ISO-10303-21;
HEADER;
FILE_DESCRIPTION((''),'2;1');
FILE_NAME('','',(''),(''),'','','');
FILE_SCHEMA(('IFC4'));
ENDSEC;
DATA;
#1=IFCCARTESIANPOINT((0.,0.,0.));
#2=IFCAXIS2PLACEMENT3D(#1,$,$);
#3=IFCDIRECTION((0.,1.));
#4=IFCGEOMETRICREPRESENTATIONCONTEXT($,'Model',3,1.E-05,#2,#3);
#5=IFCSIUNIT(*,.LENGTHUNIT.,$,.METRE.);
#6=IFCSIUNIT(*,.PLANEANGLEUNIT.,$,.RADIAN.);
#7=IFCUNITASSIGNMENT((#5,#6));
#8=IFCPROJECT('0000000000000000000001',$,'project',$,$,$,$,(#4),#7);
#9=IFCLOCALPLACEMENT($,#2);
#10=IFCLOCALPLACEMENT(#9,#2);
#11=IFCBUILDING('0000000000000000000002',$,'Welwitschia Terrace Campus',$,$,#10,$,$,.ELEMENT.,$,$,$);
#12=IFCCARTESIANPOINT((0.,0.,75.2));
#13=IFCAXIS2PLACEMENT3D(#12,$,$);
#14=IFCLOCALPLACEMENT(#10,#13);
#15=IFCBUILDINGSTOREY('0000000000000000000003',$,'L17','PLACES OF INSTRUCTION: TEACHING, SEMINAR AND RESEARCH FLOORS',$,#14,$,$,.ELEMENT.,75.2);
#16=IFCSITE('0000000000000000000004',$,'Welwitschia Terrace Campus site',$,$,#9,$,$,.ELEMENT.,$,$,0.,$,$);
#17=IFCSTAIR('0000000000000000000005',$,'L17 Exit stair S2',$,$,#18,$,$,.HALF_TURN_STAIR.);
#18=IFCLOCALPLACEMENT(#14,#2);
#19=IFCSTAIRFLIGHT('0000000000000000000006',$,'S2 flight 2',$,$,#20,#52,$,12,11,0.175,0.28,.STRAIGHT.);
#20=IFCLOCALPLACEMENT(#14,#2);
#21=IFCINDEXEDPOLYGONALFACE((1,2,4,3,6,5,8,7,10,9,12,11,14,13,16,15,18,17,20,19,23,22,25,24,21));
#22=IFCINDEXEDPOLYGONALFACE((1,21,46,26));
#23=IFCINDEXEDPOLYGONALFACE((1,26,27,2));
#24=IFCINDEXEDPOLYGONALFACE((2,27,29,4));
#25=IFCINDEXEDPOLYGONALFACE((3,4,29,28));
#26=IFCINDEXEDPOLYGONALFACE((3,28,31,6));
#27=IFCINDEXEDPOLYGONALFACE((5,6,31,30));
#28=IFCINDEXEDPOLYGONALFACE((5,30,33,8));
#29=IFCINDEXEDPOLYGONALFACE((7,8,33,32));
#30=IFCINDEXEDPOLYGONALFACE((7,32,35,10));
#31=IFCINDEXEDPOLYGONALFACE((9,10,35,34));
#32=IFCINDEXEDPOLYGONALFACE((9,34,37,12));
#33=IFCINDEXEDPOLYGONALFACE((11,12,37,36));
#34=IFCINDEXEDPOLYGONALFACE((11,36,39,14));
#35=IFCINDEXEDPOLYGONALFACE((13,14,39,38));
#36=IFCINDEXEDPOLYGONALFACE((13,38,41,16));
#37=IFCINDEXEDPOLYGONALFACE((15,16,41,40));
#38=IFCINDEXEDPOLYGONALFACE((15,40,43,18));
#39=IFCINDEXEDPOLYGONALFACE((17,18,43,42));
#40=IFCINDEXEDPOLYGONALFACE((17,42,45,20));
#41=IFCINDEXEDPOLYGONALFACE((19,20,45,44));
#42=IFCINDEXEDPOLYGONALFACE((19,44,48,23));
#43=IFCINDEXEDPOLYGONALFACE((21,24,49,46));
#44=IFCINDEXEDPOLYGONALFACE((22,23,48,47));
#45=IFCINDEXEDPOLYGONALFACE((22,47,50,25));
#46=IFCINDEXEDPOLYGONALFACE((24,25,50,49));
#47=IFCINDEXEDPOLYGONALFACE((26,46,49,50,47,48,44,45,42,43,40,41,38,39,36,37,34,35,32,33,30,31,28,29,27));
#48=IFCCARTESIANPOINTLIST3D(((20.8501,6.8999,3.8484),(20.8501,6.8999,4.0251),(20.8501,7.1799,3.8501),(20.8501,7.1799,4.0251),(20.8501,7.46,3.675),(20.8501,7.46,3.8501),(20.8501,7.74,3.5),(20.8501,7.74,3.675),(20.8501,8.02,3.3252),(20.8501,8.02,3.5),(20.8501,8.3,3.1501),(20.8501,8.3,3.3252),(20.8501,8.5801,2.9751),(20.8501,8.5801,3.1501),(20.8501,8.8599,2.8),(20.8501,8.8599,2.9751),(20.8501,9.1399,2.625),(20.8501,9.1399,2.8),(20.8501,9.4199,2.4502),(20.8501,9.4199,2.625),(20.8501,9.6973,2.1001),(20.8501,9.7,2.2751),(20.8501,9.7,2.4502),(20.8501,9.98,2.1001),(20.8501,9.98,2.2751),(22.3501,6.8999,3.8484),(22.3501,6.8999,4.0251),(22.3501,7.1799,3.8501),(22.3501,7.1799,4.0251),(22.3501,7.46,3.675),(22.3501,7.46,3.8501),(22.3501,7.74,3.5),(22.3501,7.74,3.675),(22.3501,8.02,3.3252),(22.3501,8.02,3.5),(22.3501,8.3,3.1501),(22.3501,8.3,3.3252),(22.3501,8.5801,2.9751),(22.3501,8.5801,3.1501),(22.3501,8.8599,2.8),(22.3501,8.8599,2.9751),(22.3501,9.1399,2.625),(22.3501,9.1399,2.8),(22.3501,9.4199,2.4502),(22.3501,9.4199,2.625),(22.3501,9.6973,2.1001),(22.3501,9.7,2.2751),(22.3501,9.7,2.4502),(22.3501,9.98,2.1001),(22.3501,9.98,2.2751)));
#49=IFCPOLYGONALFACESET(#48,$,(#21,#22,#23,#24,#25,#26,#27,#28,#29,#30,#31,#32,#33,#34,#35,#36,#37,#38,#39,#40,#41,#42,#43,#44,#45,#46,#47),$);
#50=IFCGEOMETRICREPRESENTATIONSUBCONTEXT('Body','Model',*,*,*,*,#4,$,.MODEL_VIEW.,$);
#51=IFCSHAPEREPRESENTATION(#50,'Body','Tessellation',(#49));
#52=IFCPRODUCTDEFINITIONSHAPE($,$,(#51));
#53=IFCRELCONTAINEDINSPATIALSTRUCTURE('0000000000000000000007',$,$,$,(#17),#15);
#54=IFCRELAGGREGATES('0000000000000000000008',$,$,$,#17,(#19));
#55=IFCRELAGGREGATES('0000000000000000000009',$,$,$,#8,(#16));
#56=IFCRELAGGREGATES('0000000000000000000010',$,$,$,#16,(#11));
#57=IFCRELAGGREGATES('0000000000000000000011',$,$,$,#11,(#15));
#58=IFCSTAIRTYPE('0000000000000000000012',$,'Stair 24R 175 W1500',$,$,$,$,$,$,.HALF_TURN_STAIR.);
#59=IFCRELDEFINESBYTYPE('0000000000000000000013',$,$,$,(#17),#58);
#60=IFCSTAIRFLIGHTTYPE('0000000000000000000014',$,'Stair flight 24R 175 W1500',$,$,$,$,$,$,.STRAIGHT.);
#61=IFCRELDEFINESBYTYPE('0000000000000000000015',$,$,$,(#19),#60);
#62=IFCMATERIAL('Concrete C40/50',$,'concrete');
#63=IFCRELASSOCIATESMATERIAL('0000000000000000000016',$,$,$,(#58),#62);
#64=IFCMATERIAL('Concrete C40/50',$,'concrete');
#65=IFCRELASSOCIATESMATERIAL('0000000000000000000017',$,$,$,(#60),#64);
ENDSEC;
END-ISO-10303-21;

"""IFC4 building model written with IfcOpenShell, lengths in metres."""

from ifc_helpers import new_model, si_unit, direction, frame, origin, place, context, subcontext, project, spatial, polyline, outline, extrude, material, type_object, element, aggregate, save


model = new_model("IFC4")

# Units and contexts
model_context = context("Model", 3, precision=1e-05, world=origin(), true_north=direction((0.0, 1.0)))
body_context = subcontext(model_context, "Body", "Model", "MODEL_VIEW")
ifc_project = project(units=[si_unit("LENGTHUNIT", "METRE"), si_unit("PLANEANGLEUNIT", "RADIAN")], contexts=[model_context])

# Site, building, storey
site_placement = place(None, origin())
site = spatial("IfcSite", under=ifc_project, at=site_placement, Name="Welwitschia Terrace Campus site", CompositionType="ELEMENT", RefElevation=0.0)
building_placement = place(site_placement, origin())
building = spatial("IfcBuilding", under=site, at=building_placement, Name="Welwitschia Terrace Campus", CompositionType="ELEMENT")
storey_placement = place(building_placement, frame((0.0, 0.0, 75.2)))
storey = spatial("IfcBuildingStorey", under=building, at=storey_placement, Name="L17", Description="PLACES OF INSTRUCTION: TEACHING, SEMINAR AND RESEARCH FLOORS", CompositionType="ELEMENT", Elevation=75.2)

# Stair, stair flight
ifc_material_1 = material(Name="Concrete C40/50", Category="concrete")
stair_type = type_object("IfcStairType", Name="Stair 24R 175 W1500", PredefinedType="HALF_TURN_STAIR", material=ifc_material_1)
stair_placement = place(storey_placement, origin())
stair = element("IfcStair", 1, at=stair_placement, inside=storey, type_object=stair_type, Name="L17 Exit stair S2", PredefinedType="HALF_TURN_STAIR")
ifc_material_2 = material(Name="Concrete C40/50", Category="concrete")
stair_flight_type = type_object("IfcStairFlightType", Name="Stair flight 24R 175 W1500", PredefinedType="STRAIGHT", material=ifc_material_2)
stair_flight_1_placement = place(storey_placement, frame((21.6001, 9.98, 2.1001), z_axis=(0.0, 0.0, 1.0), x_axis=(0.0, -1.0, 0.0)))
stair_flight_1 = element("IfcStairFlight", 2, at=stair_flight_1_placement, type_object=stair_flight_type, Name="S2 flight 2", NumberOfRisers=12, NumberOfTreads=11, PredefinedType="STRAIGHT", RiserHeight=0.175, TreadLength=0.28, context=body_context, shape_type="SweptSolid", body=[
    extrude(outline(polyline([(0.0, 0.0), (0.0, 0.175), (0.28, 0.175), (0.28, 0.3501), (0.5601, 0.3501), (0.5601, 0.5249), (0.8401, 0.5249), (0.8401, 0.7), (1.1201, 0.7), (1.1201, 0.875), (1.3999, 0.875), (1.3999, 1.05), (1.6799, 1.05), (1.6799, 1.2251), (1.96, 1.2251), (1.96, 1.3999), (2.24, 1.3999), (2.24, 1.575), (2.52, 1.575), (2.52, 1.75), (2.8, 1.75), (2.8, 1.925), (3.0801, 1.925), (3.0801, 2.1001), (3.0801, 1.7483), (0.2827, 0.0), (0.0, 0.0)])), frame((0.0, 0.75, 0.0), z_axis=(0.0, -1.0, 0.0), x_axis=(1.0, 0.0, 0.0)), (0.0, 0.0, 1.0), 1.5),
])
aggregate(stair, [stair_flight_1])

save(model, "model.ifc")
